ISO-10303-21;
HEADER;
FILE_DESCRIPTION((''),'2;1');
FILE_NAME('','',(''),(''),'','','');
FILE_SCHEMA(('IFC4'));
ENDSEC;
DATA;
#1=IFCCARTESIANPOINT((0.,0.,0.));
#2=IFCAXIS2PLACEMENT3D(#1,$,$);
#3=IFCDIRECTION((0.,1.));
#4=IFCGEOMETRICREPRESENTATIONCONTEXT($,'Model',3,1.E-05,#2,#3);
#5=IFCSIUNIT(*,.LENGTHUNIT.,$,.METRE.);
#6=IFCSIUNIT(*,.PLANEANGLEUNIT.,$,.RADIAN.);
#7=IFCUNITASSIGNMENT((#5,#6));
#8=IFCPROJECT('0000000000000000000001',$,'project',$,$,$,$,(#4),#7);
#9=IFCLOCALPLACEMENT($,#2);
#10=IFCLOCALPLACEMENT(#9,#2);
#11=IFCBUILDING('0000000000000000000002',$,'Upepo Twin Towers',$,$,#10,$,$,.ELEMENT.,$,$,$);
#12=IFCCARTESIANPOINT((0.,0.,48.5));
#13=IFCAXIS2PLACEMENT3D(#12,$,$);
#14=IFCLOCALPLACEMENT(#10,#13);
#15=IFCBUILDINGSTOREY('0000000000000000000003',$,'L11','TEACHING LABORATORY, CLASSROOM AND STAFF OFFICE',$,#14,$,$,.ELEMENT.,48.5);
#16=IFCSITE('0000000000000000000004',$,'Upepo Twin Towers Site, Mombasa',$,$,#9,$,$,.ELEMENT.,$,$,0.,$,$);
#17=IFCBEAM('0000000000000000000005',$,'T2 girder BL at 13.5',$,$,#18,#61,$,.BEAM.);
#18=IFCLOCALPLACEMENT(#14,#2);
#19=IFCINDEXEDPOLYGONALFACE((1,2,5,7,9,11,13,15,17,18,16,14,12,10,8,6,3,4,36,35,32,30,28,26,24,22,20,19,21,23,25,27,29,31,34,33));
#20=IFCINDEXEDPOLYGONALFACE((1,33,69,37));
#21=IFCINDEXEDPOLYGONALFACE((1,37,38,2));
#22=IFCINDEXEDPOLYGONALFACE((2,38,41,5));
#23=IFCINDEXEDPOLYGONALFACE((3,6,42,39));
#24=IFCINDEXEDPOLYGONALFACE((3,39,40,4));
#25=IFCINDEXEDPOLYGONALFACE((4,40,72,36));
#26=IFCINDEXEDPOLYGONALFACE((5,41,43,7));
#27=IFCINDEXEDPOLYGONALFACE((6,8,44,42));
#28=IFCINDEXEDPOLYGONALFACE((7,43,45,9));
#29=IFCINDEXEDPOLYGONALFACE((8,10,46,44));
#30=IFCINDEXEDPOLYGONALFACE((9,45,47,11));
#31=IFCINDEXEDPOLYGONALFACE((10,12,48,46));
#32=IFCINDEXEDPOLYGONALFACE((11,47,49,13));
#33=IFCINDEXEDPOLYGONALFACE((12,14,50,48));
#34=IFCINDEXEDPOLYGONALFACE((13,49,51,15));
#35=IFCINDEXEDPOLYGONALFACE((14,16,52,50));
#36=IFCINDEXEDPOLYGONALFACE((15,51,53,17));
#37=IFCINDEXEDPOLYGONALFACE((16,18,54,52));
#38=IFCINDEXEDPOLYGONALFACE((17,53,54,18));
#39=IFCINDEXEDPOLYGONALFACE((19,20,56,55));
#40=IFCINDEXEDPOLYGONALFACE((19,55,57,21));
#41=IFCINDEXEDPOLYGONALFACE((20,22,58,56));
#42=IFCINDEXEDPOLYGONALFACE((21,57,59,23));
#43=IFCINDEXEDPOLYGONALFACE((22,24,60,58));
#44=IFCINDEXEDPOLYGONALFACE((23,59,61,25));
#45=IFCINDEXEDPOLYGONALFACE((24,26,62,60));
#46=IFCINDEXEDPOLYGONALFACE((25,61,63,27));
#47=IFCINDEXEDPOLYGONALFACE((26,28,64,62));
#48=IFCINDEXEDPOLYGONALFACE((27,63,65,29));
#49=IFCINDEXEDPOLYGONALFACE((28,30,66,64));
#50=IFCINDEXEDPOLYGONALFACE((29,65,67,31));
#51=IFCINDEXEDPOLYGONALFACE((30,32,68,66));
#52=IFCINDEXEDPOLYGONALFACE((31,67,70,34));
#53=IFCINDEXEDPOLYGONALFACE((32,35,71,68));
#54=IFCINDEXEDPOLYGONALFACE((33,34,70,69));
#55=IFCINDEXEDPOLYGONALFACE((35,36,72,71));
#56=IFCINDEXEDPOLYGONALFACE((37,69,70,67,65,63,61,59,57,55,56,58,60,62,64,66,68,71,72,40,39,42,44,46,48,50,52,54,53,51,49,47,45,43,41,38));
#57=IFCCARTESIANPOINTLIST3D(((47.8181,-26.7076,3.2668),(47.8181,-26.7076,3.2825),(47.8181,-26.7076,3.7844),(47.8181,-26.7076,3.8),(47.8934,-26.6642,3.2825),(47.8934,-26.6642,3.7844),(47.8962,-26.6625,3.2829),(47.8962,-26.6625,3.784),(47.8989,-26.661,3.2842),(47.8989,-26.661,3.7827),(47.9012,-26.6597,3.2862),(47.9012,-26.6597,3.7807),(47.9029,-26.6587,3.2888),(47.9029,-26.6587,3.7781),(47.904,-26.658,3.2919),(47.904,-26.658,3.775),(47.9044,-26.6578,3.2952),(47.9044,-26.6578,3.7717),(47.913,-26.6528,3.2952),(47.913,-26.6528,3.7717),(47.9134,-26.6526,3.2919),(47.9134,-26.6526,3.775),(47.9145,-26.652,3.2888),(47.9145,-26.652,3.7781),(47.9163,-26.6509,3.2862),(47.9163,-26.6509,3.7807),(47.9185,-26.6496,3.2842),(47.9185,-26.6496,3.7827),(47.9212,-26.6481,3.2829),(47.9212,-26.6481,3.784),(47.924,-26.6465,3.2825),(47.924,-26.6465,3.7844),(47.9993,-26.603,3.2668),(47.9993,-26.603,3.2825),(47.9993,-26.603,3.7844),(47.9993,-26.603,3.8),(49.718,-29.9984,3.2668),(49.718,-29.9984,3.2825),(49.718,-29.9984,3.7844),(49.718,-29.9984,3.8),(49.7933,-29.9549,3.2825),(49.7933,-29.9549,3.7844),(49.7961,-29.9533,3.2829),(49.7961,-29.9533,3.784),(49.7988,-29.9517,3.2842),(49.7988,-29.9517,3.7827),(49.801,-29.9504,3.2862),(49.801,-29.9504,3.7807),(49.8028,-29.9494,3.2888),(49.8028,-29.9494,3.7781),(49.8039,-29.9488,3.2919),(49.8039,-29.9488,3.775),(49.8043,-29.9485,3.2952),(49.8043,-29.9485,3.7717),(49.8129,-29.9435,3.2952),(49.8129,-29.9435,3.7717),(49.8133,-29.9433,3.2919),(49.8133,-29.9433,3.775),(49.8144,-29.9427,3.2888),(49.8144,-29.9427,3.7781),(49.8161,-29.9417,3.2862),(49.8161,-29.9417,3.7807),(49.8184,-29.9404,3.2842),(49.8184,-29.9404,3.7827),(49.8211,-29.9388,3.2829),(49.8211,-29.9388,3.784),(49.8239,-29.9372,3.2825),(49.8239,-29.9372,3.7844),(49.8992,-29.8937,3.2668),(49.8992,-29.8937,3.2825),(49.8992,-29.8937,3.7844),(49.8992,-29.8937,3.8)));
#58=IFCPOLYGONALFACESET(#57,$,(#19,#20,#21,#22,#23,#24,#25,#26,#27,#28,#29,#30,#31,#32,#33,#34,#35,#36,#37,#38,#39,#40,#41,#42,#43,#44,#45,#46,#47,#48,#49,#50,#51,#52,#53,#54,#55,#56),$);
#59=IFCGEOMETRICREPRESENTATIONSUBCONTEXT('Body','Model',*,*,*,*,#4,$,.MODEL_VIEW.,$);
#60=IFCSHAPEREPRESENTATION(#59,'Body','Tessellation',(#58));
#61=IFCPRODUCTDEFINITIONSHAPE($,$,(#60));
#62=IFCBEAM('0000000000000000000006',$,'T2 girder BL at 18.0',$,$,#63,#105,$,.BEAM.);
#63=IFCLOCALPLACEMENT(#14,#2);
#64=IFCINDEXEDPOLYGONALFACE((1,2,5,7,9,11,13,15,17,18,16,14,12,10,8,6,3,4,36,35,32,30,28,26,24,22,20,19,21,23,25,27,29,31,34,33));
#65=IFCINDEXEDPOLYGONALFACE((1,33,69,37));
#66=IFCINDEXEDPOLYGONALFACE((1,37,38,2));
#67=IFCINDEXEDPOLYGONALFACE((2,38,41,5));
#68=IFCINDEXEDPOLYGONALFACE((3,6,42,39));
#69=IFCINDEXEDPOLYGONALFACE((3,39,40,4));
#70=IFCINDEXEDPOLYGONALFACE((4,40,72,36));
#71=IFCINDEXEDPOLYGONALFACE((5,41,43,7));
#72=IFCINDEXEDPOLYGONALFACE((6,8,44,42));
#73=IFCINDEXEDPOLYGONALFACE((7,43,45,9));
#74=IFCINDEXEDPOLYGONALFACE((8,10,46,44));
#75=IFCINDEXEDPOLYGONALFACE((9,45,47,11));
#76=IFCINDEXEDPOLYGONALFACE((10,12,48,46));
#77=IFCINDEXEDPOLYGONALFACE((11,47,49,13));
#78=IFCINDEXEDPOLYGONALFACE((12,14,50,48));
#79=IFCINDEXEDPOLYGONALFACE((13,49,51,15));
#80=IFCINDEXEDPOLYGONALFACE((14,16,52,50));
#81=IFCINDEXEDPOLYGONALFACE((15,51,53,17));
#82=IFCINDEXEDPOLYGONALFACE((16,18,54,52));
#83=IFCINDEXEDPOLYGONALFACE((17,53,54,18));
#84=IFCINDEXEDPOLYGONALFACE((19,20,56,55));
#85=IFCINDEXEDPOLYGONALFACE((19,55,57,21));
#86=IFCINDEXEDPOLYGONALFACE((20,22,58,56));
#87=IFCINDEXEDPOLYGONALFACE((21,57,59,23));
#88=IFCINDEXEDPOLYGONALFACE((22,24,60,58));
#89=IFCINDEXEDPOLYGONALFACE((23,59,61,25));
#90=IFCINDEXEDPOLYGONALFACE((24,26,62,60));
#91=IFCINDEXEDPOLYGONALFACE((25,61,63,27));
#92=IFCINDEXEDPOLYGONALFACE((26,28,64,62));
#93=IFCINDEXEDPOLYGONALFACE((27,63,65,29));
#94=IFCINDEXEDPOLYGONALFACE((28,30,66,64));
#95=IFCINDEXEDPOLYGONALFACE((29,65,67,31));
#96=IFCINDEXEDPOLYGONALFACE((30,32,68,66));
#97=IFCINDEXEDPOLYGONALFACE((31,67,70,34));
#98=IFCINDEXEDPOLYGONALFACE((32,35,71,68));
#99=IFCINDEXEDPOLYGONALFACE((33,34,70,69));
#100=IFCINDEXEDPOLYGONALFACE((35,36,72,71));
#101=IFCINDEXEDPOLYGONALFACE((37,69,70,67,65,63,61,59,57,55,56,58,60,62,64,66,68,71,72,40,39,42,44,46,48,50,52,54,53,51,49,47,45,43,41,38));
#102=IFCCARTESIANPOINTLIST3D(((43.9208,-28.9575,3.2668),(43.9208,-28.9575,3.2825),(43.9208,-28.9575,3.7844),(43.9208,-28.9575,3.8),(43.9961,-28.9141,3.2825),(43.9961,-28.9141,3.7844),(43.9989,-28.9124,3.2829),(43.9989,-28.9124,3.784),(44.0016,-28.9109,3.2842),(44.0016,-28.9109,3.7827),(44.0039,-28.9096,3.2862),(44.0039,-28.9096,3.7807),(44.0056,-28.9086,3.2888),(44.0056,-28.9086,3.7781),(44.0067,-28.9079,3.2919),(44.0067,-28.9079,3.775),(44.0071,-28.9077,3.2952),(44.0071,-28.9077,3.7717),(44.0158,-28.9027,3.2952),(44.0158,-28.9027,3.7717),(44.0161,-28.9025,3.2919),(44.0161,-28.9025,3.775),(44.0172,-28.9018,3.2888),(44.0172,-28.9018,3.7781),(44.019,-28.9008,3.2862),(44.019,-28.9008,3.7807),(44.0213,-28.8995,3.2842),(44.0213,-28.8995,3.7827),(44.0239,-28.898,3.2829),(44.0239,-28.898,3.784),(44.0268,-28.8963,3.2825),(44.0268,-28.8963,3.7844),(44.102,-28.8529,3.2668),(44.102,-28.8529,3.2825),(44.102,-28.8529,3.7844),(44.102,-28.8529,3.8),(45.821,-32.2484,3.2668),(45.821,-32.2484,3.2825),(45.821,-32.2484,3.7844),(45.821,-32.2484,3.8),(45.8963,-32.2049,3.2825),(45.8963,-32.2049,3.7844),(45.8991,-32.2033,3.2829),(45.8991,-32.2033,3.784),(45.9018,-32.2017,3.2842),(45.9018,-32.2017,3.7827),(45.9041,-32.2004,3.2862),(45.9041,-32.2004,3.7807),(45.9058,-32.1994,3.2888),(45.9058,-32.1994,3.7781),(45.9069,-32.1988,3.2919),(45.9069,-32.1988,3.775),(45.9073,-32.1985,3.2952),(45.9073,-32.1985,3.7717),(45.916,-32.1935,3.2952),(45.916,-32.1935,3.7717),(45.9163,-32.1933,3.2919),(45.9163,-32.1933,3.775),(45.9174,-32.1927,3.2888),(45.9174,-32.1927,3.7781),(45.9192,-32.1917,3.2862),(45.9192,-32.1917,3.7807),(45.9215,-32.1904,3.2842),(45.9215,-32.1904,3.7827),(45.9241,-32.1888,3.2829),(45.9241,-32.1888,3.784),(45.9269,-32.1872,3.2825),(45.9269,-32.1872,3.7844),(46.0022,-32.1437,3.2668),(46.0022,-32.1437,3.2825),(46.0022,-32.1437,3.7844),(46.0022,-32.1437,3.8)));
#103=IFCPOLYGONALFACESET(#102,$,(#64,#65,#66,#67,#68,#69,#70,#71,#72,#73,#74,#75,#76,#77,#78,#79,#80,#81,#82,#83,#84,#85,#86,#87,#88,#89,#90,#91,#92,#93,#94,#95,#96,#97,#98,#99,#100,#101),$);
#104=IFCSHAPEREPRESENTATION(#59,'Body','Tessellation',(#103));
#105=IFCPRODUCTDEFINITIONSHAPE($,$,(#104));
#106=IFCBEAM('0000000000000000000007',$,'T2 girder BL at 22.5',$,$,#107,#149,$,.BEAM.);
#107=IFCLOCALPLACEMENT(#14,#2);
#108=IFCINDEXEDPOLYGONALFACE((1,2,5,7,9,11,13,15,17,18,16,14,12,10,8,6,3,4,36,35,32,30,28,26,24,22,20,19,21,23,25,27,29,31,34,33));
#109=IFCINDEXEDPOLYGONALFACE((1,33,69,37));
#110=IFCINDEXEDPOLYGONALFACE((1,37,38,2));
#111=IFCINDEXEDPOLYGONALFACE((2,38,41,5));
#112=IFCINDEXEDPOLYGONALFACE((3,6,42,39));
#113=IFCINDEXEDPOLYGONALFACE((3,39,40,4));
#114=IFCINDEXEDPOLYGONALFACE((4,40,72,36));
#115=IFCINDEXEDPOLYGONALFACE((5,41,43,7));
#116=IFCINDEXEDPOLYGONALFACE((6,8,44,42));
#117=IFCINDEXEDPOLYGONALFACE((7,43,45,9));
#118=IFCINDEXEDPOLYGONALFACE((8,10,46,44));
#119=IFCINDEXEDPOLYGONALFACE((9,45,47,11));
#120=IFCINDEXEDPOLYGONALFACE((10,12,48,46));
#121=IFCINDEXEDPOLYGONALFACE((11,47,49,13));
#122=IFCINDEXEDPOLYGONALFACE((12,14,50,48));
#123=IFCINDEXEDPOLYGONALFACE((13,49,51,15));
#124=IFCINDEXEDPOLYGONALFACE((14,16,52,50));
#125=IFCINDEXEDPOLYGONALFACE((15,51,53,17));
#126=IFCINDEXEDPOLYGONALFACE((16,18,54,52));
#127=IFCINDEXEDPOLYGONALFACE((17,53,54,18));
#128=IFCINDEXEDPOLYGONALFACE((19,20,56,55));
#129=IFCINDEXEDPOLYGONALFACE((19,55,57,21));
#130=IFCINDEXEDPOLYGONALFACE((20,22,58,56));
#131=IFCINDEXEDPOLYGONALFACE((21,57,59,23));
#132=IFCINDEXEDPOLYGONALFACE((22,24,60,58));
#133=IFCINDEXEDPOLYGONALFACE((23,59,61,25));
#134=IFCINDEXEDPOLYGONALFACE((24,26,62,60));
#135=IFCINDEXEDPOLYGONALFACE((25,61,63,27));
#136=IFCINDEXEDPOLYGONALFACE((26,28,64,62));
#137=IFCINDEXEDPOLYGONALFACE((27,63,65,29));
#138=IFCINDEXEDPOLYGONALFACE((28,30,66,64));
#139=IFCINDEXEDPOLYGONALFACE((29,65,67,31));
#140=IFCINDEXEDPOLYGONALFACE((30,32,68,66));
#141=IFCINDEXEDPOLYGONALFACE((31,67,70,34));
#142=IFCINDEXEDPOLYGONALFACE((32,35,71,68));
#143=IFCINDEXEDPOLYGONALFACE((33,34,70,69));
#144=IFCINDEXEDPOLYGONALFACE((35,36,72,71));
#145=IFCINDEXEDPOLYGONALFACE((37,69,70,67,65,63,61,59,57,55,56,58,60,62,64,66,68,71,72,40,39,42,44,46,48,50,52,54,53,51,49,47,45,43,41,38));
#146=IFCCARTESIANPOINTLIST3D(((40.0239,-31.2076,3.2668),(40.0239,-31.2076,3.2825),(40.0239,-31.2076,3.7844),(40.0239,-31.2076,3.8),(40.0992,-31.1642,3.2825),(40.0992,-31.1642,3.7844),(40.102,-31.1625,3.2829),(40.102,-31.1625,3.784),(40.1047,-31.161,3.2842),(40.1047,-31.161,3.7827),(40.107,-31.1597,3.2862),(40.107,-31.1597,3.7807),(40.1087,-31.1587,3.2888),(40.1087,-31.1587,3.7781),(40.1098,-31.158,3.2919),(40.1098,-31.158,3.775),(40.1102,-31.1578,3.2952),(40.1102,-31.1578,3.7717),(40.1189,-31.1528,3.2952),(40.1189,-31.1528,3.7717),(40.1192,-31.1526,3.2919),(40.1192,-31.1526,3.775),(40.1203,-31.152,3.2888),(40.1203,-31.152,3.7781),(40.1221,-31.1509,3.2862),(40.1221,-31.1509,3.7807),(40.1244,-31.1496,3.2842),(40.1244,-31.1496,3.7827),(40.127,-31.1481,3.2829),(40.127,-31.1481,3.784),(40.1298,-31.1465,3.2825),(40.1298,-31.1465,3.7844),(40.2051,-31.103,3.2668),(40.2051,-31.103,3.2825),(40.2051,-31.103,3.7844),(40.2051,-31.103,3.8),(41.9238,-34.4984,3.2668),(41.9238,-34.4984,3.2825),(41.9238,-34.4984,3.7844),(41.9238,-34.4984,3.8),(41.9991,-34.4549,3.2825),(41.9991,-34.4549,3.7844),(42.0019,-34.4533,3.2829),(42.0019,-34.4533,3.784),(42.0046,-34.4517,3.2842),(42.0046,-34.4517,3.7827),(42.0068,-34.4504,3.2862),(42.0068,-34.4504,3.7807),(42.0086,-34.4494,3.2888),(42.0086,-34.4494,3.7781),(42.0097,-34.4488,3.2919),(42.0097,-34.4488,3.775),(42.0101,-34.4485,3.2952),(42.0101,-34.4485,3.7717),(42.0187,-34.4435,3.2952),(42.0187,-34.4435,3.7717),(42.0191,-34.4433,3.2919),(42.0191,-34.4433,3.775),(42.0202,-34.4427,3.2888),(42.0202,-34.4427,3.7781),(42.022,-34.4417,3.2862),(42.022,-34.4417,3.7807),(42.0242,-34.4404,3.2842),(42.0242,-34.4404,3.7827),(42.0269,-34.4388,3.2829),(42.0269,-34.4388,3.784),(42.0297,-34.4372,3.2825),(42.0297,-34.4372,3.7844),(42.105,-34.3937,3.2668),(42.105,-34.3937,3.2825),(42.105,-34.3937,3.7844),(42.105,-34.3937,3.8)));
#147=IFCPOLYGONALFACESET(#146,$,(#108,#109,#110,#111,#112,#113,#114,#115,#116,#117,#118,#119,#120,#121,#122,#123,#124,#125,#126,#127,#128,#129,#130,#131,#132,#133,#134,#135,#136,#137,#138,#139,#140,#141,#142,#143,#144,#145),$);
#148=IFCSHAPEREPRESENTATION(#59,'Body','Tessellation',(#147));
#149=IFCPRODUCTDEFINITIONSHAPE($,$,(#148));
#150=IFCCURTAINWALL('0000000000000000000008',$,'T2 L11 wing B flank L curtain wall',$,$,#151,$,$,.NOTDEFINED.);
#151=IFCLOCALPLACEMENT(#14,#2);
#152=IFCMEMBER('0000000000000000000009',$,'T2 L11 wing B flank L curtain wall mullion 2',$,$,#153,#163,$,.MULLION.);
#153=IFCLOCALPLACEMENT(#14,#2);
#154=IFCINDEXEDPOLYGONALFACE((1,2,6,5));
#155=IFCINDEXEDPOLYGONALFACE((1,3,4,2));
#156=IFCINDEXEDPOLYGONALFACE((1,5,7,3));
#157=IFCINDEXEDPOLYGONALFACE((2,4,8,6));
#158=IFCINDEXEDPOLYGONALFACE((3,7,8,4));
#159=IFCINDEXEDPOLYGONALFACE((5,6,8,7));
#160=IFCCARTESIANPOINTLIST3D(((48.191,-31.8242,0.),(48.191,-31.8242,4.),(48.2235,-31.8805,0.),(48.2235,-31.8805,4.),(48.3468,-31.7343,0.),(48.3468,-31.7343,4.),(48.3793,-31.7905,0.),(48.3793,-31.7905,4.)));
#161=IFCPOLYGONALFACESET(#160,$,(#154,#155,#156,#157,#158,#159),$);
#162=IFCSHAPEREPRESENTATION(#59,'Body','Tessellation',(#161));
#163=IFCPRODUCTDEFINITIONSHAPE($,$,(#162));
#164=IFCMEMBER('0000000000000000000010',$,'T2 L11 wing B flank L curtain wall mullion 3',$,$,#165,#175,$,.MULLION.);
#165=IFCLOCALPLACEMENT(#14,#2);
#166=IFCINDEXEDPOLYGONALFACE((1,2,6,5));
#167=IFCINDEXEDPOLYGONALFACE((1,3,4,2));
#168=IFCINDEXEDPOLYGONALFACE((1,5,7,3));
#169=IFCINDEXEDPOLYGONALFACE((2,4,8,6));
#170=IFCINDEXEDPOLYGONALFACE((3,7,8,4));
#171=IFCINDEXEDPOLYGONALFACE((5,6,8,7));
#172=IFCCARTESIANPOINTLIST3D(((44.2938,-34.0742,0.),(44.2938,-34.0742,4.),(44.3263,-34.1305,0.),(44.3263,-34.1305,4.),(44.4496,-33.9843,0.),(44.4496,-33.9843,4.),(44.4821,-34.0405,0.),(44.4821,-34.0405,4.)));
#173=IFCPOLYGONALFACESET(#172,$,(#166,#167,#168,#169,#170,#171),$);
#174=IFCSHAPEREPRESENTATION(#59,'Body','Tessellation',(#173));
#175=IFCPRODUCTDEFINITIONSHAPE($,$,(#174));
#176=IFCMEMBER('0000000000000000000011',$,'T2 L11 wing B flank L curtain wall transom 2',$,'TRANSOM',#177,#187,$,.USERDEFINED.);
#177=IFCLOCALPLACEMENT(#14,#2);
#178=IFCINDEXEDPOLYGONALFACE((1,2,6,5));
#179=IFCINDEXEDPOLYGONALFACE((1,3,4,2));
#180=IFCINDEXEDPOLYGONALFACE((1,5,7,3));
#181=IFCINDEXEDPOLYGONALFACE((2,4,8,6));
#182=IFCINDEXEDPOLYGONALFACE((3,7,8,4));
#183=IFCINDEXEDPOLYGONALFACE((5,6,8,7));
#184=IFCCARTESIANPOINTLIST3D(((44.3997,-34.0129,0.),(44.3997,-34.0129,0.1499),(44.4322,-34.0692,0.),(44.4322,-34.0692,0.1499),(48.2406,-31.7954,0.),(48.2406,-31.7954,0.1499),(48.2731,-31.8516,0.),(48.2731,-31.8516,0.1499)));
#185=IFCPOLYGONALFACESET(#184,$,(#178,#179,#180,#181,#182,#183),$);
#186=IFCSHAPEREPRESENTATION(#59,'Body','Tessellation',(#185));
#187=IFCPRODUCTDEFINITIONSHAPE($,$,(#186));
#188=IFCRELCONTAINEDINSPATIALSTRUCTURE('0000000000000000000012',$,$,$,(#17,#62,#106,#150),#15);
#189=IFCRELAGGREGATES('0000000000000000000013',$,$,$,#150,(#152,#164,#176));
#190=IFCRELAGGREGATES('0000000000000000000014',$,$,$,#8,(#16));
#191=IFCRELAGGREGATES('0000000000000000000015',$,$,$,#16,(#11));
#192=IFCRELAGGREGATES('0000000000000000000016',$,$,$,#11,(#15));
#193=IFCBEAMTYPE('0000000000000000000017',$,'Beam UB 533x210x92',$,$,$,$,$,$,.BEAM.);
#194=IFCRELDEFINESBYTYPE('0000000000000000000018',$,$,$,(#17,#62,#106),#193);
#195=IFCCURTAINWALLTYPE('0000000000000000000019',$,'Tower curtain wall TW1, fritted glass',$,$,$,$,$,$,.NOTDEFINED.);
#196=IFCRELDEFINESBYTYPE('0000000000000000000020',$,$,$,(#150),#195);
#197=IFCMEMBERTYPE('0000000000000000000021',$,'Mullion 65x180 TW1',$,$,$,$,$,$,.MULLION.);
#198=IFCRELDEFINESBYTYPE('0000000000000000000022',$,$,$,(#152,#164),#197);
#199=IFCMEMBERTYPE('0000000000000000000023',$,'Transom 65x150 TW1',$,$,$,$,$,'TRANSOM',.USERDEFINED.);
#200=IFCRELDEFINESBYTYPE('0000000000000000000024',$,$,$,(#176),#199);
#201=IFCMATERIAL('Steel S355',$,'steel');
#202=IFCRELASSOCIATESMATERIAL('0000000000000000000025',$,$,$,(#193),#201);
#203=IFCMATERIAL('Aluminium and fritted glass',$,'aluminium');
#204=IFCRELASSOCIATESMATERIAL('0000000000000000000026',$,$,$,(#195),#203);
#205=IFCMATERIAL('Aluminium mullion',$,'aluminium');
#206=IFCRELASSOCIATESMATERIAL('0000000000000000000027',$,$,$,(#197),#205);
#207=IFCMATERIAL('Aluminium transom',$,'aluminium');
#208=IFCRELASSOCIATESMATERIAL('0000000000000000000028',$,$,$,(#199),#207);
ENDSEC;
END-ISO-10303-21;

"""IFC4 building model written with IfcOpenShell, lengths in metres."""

from ifc_helpers import new_model, si_unit, direction, frame, origin, origin_2d, place, context, subcontext, project, spatial, rectangle, i_section, extrude, material, material_profile, profile_set, type_object, element, aggregate, save


model = new_model("IFC4")

# Units and contexts
model_context = context("Model", 3, precision=1e-05, world=origin(), true_north=direction((0.0, 1.0)))
body_context = subcontext(model_context, "Body", "Model", "MODEL_VIEW")
ifc_project = project(units=[si_unit("LENGTHUNIT", "METRE"), si_unit("PLANEANGLEUNIT", "RADIAN")], contexts=[model_context])

# Site, building, storey
site_placement = place(None, origin())
site = spatial("IfcSite", under=ifc_project, at=site_placement, Name="Upepo Twin Towers Site, Mombasa", CompositionType="ELEMENT", RefElevation=0.0)
building_placement = place(site_placement, origin())
building = spatial("IfcBuilding", under=site, at=building_placement, Name="Upepo Twin Towers", CompositionType="ELEMENT")
storey_placement = place(building_placement, frame((0.0, 0.0, 48.5)))
storey = spatial("IfcBuildingStorey", under=building, at=storey_placement, Name="L11", Description="TEACHING LABORATORY, CLASSROOM AND STAFF OFFICE", CompositionType="ELEMENT", Elevation=48.5)

# Beams
ifc_material_1 = material(Name="Steel S355", Category="steel")
ifc_material_profile_1 = material_profile(ifc_material_1, i_section(OverallWidth=0.2092, OverallDepth=0.5332, WebThickness=0.01, FlangeThickness=0.0156, FilletRadius=0.0127, at=origin_2d()), Name="UB 533x210x92")
ifc_profile_set_1 = profile_set([ifc_material_profile_1], Name="Steel S355")
beam_type_1 = type_object("IfcBeamType", Name="Beam UB 533x210x92", PredefinedType="BEAM", material=ifc_profile_set_1)
beam_1_placement = place(storey_placement, frame((49.8086, -29.946, 3.5334), z_axis=(-0.499995, 0.866028, 0.0), x_axis=(-0.866028, -0.499995, 0.0)))
element("IfcBeam", 1, at=beam_1_placement, inside=storey, type_object=beam_type_1, Name="T2 girder BL at 13.5", PredefinedType="BEAM", context=body_context, shape_type="SweptSolid", body=[
    extrude(i_section(OverallWidth=0.2092, OverallDepth=0.5332, WebThickness=0.01, FlangeThickness=0.0156, FilletRadius=0.0127, at=origin_2d()), origin(), (0.0, 0.0, 1.0), 3.7998),
])
beam_2_placement = place(storey_placement, frame((45.9116, -32.196, 3.5334), z_axis=(-0.500043, 0.866, 0.0), x_axis=(-0.866, -0.500043, 0.0)))
element("IfcBeam", 2, at=beam_2_placement, inside=storey, type_object=beam_type_1, Name="T2 girder BL at 18.0", PredefinedType="BEAM", context=body_context, shape_type="SweptSolid", body=[
    extrude(i_section(OverallWidth=0.2092, OverallDepth=0.5332, WebThickness=0.01, FlangeThickness=0.0156, FilletRadius=0.0127, at=origin_2d()), origin(), (0.0, 0.0, 1.0), 3.8),
])
beam_3_placement = place(storey_placement, frame((42.0144, -34.446, 3.5334), z_axis=(-0.499995, 0.866028, 0.0), x_axis=(-0.866028, -0.499995, 0.0)))
element("IfcBeam", 3, at=beam_3_placement, inside=storey, type_object=beam_type_1, Name="T2 girder BL at 22.5", PredefinedType="BEAM", context=body_context, shape_type="SweptSolid", body=[
    extrude(i_section(OverallWidth=0.2092, OverallDepth=0.5332, WebThickness=0.01, FlangeThickness=0.0156, FilletRadius=0.0127, at=origin_2d()), origin(), (0.0, 0.0, 1.0), 3.7998),
])

# Curtain wall, members
ifc_material_2 = material(Name="Aluminium and fritted glass", Category="aluminium")
curtain_wall_type = type_object("IfcCurtainWallType", Name="Tower curtain wall TW1, fritted glass", PredefinedType="NOTDEFINED", material=ifc_material_2)
curtain_wall_placement = place(storey_placement, origin())
curtain_wall = element("IfcCurtainWall", 4, at=curtain_wall_placement, inside=storey, type_object=curtain_wall_type, Name="T2 L11 wing B flank L curtain wall", PredefinedType="NOTDEFINED")
ifc_material_3 = material(Name="Aluminium mullion", Category="aluminium")
ifc_material_profile_2 = material_profile(ifc_material_3, rectangle(XDim=0.0649, YDim=0.1799, at=origin_2d()), Name="MULLION 65x180")
ifc_profile_set_2 = profile_set([ifc_material_profile_2], Name="Aluminium mullion")
member_type_1 = type_object("IfcMemberType", Name="Mullion 65x180 TW1", PredefinedType="MULLION", material=ifc_profile_set_2)
member_1_placement = place(storey_placement, frame((48.2852, -31.8074, 0.0), z_axis=(0.0, 0.0, 1.0), x_axis=(0.5, -0.866025, 0.0)))
member_1 = element("IfcMember", 5, at=member_1_placement, type_object=member_type_1, Name="T2 L11 wing B flank L curtain wall mullion 2", PredefinedType="MULLION", context=body_context, shape_type="SweptSolid", body=[
    extrude(rectangle(XDim=0.0649, YDim=0.1799, at=origin_2d()), origin(), (0.0, 0.0, 1.0), 4.0),
])
member_2_placement = place(storey_placement, frame((44.3879, -34.0574, 0.0), z_axis=(0.0, 0.0, 1.0), x_axis=(0.5, -0.866025, 0.0)))
member_2 = element("IfcMember", 6, at=member_2_placement, type_object=member_type_1, Name="T2 L11 wing B flank L curtain wall mullion 3", PredefinedType="MULLION", context=body_context, shape_type="SweptSolid", body=[
    extrude(rectangle(XDim=0.0649, YDim=0.1799, at=origin_2d()), origin(), (0.0, 0.0, 1.0), 4.0),
])
ifc_material_4 = material(Name="Aluminium transom", Category="aluminium")
ifc_material_profile_3 = material_profile(ifc_material_4, rectangle(XDim=0.0649, YDim=0.1499, at=origin_2d()), Name="TRANSOM 65x150")
ifc_profile_set_3 = profile_set([ifc_material_profile_3], Name="Aluminium transom")
member_type_2 = type_object("IfcMemberType", Name="Transom 65x150 TW1", ElementType="TRANSOM", PredefinedType="USERDEFINED", material=ifc_profile_set_3)
member_3_placement = place(storey_placement, frame((48.2568, -31.8235, 0.075), z_axis=(-0.866022, -0.500005, 0.0), x_axis=(0.500005, -0.866022, 0.0)))
member_3 = element("IfcMember", 7, at=member_3_placement, type_object=member_type_2, Name="T2 L11 wing B flank L curtain wall transom 2", ObjectType="TRANSOM", PredefinedType="USERDEFINED", context=body_context, shape_type="SweptSolid", body=[
    extrude(rectangle(XDim=0.0649, YDim=0.1499, at=origin_2d()), origin(), (0.0, 0.0, 1.0), 4.4351),
])
aggregate(curtain_wall, [member_1, member_2, member_3])

save(model, "model.ifc")
